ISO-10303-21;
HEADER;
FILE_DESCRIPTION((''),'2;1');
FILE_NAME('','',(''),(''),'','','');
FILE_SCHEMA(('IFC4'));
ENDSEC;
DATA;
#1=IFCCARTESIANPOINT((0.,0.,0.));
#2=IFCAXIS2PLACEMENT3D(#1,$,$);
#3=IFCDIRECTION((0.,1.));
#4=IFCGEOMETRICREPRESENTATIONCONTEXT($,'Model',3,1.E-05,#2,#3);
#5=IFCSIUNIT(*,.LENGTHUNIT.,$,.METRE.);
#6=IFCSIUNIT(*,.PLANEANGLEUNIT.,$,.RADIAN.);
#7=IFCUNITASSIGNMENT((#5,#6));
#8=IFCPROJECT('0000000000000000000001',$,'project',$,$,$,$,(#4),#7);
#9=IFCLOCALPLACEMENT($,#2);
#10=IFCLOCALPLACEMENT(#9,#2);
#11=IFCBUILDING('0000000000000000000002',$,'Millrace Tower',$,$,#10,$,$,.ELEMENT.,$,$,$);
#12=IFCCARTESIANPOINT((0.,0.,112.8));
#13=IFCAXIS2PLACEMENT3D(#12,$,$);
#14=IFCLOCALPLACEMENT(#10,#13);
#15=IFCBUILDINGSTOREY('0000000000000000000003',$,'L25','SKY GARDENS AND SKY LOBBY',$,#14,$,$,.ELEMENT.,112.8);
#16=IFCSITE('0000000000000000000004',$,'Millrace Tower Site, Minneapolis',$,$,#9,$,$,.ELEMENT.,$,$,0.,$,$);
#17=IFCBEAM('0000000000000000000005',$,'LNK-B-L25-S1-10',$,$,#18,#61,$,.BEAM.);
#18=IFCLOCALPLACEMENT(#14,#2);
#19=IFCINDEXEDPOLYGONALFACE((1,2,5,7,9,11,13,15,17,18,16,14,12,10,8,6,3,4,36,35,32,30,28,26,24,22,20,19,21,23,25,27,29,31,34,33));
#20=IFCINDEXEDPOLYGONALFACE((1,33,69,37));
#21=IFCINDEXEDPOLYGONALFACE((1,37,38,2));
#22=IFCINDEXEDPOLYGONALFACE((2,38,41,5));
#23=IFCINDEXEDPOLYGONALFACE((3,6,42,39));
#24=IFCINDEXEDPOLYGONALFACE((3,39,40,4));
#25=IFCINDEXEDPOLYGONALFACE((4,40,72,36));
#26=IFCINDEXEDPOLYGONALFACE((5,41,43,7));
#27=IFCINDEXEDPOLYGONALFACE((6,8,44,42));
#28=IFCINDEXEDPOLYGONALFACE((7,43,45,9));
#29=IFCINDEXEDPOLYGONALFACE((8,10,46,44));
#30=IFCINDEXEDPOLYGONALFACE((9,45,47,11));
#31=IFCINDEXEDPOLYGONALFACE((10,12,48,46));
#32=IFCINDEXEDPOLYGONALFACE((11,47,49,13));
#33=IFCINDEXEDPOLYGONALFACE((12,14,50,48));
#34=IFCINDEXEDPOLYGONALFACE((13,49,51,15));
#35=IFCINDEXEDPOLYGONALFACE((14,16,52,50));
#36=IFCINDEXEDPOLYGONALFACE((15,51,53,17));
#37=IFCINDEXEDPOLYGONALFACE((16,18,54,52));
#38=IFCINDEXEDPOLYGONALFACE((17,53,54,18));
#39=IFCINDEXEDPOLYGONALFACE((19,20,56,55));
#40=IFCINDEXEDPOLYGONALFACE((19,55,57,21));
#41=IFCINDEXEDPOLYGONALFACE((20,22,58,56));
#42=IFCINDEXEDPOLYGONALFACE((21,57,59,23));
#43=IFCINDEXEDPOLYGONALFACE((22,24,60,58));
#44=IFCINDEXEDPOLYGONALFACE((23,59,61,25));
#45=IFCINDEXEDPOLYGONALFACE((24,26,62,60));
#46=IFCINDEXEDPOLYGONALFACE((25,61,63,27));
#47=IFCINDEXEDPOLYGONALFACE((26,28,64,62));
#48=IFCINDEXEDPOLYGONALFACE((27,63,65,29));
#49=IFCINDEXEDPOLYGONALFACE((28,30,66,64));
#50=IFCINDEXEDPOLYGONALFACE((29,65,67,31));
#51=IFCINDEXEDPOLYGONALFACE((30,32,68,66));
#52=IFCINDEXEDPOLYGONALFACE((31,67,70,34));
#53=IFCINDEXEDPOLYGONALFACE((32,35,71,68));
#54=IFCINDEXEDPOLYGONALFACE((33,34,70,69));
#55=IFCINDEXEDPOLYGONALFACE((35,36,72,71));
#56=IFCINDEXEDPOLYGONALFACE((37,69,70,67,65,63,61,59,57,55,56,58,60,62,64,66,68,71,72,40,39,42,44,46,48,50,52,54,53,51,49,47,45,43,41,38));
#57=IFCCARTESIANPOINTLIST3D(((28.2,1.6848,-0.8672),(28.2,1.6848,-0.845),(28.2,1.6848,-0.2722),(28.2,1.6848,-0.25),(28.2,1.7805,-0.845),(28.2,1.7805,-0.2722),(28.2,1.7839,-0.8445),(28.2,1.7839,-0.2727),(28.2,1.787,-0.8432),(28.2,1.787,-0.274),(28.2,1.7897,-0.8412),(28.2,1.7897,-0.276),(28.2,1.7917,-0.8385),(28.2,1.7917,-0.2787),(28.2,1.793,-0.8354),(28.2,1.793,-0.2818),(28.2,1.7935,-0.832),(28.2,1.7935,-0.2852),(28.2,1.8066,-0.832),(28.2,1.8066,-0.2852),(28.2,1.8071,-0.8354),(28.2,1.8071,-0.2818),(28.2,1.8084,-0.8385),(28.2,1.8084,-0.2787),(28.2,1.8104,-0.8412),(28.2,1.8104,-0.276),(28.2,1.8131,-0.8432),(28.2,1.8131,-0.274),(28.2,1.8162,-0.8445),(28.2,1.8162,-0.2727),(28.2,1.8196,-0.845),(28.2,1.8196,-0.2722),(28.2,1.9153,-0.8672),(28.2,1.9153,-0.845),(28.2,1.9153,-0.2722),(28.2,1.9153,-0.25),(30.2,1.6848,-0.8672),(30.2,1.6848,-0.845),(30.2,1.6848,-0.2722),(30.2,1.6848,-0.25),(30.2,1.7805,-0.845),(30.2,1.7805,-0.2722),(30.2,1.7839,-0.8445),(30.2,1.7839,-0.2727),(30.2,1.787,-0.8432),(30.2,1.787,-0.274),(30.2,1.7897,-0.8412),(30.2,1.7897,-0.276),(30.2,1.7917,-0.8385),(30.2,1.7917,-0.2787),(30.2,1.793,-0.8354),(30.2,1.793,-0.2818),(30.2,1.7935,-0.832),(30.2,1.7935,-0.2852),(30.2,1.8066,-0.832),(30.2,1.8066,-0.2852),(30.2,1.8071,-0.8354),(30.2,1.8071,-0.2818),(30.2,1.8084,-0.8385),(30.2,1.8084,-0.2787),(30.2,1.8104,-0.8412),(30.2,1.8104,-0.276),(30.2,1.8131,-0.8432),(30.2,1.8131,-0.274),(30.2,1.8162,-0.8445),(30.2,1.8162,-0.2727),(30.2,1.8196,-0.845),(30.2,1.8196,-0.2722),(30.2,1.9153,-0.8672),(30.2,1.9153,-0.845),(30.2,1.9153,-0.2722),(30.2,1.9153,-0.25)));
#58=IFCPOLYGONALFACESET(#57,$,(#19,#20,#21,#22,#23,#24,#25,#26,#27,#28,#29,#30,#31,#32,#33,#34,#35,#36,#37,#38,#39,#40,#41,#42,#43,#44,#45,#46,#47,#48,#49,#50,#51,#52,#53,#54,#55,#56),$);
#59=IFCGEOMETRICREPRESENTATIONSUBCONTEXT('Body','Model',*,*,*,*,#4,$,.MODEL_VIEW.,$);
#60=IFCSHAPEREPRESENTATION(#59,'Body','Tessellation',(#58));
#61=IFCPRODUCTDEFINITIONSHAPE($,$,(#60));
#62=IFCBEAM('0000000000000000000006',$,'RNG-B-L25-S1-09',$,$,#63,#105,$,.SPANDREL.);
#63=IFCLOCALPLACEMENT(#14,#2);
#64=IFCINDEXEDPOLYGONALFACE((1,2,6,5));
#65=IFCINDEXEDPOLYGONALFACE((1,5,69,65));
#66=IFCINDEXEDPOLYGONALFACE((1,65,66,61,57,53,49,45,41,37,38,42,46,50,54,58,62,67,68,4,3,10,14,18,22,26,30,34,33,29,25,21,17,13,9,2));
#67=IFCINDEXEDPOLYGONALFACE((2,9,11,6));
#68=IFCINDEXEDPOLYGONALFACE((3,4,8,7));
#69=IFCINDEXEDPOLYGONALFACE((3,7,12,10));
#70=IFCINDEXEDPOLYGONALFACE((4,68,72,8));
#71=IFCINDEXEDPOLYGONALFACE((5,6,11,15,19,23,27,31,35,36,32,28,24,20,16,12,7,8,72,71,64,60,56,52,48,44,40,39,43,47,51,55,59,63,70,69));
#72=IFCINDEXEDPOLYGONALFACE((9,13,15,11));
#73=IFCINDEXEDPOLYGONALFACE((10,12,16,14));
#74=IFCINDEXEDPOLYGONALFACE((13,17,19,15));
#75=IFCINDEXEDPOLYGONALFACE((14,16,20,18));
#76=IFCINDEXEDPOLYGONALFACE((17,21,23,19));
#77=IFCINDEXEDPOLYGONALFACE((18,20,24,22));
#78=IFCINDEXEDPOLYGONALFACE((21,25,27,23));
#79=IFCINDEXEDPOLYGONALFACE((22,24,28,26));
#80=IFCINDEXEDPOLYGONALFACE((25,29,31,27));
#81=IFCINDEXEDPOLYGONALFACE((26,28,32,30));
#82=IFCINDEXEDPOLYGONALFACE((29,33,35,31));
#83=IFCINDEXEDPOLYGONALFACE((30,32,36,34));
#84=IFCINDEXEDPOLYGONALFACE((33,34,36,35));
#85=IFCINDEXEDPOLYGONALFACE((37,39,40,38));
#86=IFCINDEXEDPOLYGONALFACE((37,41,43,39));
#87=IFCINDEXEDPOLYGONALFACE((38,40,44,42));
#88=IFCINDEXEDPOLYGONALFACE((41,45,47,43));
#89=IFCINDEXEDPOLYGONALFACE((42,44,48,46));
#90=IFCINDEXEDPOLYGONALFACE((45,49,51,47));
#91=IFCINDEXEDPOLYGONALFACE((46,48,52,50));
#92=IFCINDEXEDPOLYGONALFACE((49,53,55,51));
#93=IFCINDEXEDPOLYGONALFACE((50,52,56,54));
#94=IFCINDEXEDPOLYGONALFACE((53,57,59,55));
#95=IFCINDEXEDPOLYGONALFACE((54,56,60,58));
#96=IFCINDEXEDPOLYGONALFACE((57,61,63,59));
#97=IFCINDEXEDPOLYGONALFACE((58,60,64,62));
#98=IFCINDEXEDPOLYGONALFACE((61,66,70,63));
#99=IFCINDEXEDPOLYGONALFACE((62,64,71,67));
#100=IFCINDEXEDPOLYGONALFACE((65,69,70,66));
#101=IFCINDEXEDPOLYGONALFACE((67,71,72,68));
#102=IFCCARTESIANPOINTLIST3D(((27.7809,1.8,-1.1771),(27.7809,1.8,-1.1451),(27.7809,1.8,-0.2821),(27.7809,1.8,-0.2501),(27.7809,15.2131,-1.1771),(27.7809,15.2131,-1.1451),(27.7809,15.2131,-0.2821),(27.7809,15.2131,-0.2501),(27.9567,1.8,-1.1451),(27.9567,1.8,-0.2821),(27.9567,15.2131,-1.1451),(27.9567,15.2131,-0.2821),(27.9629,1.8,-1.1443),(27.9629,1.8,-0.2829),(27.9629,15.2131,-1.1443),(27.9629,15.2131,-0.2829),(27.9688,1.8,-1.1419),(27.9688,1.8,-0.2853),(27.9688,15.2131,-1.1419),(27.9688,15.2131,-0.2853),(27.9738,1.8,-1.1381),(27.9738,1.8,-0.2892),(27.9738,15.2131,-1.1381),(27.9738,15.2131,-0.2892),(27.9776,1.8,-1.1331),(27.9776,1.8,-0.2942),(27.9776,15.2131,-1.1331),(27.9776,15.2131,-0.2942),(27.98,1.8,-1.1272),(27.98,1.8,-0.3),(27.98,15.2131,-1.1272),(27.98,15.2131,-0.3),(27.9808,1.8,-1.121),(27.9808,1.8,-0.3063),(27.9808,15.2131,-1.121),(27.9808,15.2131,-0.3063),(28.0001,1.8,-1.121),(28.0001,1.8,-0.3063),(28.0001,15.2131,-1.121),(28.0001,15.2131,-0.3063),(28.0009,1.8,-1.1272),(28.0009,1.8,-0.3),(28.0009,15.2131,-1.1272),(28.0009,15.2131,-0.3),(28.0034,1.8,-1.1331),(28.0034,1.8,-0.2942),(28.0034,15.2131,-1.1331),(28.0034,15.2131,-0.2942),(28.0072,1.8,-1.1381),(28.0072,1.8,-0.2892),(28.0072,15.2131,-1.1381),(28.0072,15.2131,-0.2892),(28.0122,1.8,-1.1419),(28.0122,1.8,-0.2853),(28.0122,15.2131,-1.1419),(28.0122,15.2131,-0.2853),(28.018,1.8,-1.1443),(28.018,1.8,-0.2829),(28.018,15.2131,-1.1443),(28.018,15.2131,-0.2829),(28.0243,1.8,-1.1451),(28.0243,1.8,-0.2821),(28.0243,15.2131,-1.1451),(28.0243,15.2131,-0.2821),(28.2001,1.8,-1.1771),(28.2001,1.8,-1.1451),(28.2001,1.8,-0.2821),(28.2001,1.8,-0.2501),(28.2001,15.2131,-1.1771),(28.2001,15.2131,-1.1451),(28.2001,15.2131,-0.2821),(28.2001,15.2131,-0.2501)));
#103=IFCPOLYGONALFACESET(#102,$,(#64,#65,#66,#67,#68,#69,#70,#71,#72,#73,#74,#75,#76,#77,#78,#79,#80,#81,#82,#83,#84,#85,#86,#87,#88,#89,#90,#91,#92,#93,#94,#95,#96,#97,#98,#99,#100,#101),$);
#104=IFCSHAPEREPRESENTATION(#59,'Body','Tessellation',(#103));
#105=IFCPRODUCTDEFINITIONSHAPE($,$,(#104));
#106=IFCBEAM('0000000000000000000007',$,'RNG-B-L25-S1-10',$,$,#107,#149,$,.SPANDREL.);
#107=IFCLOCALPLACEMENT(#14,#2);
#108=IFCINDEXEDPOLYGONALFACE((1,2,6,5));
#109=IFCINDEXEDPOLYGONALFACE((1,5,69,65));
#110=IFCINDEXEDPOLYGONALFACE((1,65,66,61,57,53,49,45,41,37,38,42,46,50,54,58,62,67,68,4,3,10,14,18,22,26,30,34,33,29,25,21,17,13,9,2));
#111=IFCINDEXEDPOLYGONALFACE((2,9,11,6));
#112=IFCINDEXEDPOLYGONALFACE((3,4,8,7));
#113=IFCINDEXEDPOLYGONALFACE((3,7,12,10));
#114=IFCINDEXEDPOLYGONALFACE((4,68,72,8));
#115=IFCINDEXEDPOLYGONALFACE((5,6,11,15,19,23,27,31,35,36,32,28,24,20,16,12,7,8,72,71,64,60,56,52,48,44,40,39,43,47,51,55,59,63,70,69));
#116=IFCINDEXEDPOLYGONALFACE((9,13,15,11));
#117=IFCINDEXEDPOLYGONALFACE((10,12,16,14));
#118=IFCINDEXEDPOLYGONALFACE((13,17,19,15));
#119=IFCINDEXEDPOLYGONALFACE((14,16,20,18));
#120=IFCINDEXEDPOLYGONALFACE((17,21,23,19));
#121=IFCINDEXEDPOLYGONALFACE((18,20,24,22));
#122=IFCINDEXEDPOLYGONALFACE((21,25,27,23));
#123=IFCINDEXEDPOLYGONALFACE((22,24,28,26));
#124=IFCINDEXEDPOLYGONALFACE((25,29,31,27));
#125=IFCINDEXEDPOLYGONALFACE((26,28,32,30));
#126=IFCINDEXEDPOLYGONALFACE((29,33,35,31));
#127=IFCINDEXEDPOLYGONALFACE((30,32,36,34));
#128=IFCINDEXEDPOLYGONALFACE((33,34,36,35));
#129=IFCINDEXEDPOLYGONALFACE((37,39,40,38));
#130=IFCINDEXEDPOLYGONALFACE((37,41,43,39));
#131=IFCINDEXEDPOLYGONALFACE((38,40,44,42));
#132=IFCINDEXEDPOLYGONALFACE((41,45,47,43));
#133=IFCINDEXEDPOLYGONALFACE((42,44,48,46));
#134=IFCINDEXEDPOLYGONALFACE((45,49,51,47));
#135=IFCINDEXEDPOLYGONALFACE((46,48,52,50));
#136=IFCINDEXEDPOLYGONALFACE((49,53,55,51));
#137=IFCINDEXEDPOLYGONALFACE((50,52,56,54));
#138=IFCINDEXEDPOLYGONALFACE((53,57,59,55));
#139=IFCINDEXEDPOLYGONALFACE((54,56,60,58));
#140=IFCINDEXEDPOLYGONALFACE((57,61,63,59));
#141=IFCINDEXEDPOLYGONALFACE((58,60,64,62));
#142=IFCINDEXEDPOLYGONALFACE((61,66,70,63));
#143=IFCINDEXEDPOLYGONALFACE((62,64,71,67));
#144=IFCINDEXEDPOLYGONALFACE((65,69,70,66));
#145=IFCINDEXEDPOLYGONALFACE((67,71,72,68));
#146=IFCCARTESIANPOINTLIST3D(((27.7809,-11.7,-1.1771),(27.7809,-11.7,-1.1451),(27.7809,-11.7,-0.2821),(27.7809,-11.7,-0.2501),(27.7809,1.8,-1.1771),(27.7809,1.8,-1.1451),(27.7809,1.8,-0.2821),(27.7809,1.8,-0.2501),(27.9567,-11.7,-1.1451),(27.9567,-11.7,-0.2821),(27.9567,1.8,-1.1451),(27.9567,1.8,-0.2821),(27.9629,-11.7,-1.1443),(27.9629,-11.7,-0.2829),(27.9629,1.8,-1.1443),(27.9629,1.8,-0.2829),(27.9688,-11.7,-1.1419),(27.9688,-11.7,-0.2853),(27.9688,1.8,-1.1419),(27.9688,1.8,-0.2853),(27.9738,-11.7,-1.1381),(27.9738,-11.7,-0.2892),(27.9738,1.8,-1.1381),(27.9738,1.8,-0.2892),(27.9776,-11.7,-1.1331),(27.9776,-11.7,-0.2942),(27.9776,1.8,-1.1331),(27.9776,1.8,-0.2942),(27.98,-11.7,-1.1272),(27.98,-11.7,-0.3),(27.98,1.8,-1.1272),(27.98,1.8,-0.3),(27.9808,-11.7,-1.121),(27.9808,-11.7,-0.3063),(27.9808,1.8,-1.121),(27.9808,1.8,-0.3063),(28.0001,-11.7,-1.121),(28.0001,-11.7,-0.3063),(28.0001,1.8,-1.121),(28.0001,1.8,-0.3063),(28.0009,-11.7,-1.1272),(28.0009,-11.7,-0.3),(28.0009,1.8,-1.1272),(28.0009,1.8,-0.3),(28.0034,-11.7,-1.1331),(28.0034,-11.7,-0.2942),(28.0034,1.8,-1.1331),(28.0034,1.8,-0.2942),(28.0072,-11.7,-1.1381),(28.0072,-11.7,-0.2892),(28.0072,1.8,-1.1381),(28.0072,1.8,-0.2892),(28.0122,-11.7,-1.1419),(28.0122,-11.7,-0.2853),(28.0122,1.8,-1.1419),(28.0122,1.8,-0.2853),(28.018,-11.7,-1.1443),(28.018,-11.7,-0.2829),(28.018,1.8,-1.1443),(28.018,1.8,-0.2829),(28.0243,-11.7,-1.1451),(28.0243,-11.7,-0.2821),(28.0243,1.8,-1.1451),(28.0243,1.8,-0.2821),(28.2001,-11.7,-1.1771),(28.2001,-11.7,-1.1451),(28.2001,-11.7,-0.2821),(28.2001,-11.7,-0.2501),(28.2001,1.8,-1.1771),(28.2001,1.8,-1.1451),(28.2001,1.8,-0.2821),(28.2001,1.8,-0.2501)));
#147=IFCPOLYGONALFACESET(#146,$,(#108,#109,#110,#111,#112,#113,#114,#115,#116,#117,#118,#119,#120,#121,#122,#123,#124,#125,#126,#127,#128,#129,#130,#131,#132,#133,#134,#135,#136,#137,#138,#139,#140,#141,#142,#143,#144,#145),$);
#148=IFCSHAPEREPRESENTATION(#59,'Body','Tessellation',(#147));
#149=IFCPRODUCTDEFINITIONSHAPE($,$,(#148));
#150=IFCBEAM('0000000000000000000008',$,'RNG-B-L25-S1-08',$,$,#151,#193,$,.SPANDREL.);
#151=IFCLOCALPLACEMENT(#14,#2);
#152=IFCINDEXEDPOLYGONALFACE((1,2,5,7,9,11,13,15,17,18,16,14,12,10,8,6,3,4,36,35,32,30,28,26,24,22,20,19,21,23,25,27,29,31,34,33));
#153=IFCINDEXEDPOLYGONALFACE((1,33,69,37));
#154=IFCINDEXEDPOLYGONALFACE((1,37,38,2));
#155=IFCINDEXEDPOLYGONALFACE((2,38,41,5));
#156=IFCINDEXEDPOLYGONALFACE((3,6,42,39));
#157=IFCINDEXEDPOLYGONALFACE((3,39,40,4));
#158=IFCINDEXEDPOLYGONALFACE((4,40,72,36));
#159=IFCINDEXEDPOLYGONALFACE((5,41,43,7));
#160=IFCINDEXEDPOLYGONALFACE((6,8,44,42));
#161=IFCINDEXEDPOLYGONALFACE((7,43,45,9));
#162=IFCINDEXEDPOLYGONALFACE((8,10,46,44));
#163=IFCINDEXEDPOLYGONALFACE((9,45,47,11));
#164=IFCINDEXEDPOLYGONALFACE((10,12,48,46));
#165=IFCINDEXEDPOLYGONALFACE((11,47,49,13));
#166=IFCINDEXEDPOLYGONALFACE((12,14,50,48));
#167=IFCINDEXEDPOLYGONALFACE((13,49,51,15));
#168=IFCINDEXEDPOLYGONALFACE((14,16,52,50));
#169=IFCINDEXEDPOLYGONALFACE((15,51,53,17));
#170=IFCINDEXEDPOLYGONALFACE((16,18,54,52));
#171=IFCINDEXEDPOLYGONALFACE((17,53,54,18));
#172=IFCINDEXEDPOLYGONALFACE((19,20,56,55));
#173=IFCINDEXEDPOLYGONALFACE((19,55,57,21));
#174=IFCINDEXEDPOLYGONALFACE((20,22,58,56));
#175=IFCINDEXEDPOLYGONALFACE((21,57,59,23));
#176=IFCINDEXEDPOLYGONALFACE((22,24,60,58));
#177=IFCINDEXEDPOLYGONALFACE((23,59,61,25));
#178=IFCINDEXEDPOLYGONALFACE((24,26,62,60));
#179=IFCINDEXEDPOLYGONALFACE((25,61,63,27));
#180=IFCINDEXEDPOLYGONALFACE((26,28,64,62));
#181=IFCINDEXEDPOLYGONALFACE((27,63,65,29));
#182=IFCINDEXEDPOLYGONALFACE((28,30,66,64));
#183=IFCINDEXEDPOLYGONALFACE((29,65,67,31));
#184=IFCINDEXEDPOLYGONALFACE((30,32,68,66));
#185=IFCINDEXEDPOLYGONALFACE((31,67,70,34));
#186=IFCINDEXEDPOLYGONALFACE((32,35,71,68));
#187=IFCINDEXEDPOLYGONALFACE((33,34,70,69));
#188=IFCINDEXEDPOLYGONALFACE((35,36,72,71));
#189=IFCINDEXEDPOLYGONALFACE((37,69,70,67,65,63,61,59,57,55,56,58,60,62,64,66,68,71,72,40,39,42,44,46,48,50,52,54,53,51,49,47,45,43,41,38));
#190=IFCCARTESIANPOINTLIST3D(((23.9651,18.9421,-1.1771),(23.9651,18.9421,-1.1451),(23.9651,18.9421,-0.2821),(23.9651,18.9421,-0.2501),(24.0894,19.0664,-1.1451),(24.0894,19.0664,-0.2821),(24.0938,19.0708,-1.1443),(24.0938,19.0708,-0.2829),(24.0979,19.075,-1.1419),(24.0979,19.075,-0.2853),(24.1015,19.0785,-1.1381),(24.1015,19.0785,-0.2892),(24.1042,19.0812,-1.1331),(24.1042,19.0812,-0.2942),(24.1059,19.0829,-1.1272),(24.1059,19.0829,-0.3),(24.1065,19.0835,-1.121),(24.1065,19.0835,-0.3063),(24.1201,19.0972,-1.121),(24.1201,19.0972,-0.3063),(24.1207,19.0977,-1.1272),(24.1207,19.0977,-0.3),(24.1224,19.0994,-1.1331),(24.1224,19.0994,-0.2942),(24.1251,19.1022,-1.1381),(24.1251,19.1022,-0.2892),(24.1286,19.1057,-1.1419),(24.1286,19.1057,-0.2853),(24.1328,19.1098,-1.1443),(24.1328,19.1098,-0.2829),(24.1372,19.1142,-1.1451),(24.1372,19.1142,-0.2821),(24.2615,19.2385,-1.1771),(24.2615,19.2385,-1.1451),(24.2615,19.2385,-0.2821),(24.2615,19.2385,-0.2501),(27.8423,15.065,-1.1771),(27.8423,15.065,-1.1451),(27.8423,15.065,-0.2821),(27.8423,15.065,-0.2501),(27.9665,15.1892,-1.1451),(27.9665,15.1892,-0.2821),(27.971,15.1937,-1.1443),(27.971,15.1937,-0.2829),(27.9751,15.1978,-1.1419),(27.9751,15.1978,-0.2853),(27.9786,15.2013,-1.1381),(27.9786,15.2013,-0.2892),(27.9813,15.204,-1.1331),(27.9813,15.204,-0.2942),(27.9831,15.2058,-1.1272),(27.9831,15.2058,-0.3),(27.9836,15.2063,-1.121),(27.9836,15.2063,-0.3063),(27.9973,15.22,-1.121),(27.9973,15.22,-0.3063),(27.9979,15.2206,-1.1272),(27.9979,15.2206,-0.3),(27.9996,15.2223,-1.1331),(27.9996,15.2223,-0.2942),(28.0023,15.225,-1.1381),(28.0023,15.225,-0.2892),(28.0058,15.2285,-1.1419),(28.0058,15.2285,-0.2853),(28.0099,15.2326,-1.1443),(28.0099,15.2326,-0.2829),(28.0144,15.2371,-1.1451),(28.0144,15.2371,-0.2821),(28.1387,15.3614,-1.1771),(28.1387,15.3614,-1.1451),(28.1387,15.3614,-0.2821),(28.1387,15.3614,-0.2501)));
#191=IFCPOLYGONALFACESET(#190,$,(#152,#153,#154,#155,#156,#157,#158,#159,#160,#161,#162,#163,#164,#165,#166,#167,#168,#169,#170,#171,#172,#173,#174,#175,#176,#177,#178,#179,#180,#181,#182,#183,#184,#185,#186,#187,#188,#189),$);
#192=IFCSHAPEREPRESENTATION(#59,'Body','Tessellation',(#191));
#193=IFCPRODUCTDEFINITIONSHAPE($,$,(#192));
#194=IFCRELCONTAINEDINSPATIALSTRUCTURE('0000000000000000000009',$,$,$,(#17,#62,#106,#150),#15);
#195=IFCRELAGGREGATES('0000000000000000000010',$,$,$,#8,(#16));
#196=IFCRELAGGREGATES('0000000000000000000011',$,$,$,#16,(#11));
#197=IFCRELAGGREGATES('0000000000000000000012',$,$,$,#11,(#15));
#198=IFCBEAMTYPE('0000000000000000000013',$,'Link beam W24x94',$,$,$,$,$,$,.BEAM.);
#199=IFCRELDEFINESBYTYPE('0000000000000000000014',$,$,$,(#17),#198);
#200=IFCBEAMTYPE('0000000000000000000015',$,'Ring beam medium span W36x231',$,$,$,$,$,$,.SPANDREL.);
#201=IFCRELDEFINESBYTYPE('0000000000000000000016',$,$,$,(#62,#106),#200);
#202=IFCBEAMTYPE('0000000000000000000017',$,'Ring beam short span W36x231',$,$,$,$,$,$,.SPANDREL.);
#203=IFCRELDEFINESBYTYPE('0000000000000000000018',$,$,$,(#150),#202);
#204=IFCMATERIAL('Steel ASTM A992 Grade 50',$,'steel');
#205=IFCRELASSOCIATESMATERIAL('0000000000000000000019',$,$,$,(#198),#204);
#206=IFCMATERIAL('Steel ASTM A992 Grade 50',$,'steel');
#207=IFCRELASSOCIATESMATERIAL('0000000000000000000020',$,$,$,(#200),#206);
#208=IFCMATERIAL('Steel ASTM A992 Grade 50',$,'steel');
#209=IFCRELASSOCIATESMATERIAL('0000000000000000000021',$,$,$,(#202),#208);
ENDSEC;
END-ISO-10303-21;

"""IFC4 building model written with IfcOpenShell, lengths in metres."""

from ifc_helpers import new_model, si_unit, direction, frame, origin, origin_2d, place, context, subcontext, project, spatial, i_section, extrude, material, material_profile, profile_set, type_object, element, save


model = new_model("IFC4")

# Units and contexts
model_context = context("Model", 3, precision=1e-05, world=origin(), true_north=direction((0.0, 1.0)))
body_context = subcontext(model_context, "Body", "Model", "MODEL_VIEW")
ifc_project = project(units=[si_unit("LENGTHUNIT", "METRE"), si_unit("PLANEANGLEUNIT", "RADIAN")], contexts=[model_context])

# Site, building, storey
site_placement = place(None, origin())
site = spatial("IfcSite", under=ifc_project, at=site_placement, Name="Millrace Tower Site, Minneapolis", CompositionType="ELEMENT", RefElevation=0.0)
building_placement = place(site_placement, origin())
building = spatial("IfcBuilding", under=site, at=building_placement, Name="Millrace Tower", CompositionType="ELEMENT")
storey_placement = place(building_placement, frame((0.0, 0.0, 112.8)))
storey = spatial("IfcBuildingStorey", under=building, at=storey_placement, Name="L25", Description="SKY GARDENS AND SKY LOBBY", CompositionType="ELEMENT", Elevation=112.8)

# Beams
ifc_material_1 = material(Name="Steel ASTM A992 Grade 50", Category="steel")
ifc_material_profile_1 = material_profile(ifc_material_1, i_section(OverallWidth=0.2305, OverallDepth=0.6172, WebThickness=0.0132, FlangeThickness=0.0222, FilletRadius=0.0129, at=origin_2d()))
ifc_profile_set_1 = profile_set([ifc_material_profile_1], Name="Steel ASTM A992 Grade 50")
beam_type_1 = type_object("IfcBeamType", Name="Link beam W24x94", PredefinedType="BEAM", material=ifc_profile_set_1)
beam_1_placement = place(storey_placement, frame((28.2, 1.8, -0.5586), z_axis=(1.0, 0.0, 0.0), x_axis=(0.0, 1.0, 0.0)))
element("IfcBeam", 1, at=beam_1_placement, inside=storey, type_object=beam_type_1, Name="LNK-B-L25-S1-10", PredefinedType="BEAM", context=body_context, shape_type="SweptSolid", body=[
    extrude(i_section(OverallWidth=0.2305, OverallDepth=0.6172, WebThickness=0.0132, FlangeThickness=0.0222, FilletRadius=0.0129, at=origin_2d()), origin(), (0.0, 0.0, 1.0), 2.0),
])
ifc_material_2 = material(Name="Steel ASTM A992 Grade 50", Category="steel")
ifc_material_profile_2 = material_profile(ifc_material_2, i_section(OverallWidth=0.4192, OverallDepth=0.927, WebThickness=0.0193, FlangeThickness=0.032, FilletRadius=0.0242, at=origin_2d()))
ifc_profile_set_2 = profile_set([ifc_material_profile_2], Name="Steel ASTM A992 Grade 50")
beam_type_2 = type_object("IfcBeamType", Name="Ring beam medium span W36x231", PredefinedType="SPANDREL", material=ifc_profile_set_2)
beam_2_placement = place(storey_placement, frame((27.9905, 15.2131, -0.7136), z_axis=(0.0, -1.0, 0.0), x_axis=(1.0, 0.0, 0.0)))
element("IfcBeam", 2, at=beam_2_placement, inside=storey, type_object=beam_type_2, Name="RNG-B-L25-S1-09", PredefinedType="SPANDREL", context=body_context, shape_type="SweptSolid", body=[
    extrude(i_section(OverallWidth=0.4192, OverallDepth=0.927, WebThickness=0.0193, FlangeThickness=0.032, FilletRadius=0.0242, at=origin_2d()), origin(), (0.0, 0.0, 1.0), 13.4131),
])
beam_3_placement = place(storey_placement, frame((27.9905, 1.8, -0.7136), z_axis=(0.0, -1.0, 0.0), x_axis=(1.0, 0.0, 0.0)))
element("IfcBeam", 3, at=beam_3_placement, inside=storey, type_object=beam_type_2, Name="RNG-B-L25-S1-10", PredefinedType="SPANDREL", context=body_context, shape_type="SweptSolid", body=[
    extrude(i_section(OverallWidth=0.4192, OverallDepth=0.927, WebThickness=0.0193, FlangeThickness=0.032, FilletRadius=0.0242, at=origin_2d()), origin(), (0.0, 0.0, 1.0), 13.5),
])
ifc_material_3 = material(Name="Steel ASTM A992 Grade 50", Category="steel")
ifc_material_profile_3 = material_profile(ifc_material_3, i_section(OverallWidth=0.4192, OverallDepth=0.927, WebThickness=0.0193, FlangeThickness=0.032, FilletRadius=0.0242, at=origin_2d()))
ifc_profile_set_3 = profile_set([ifc_material_profile_3], Name="Steel ASTM A992 Grade 50")
beam_type_3 = type_object("IfcBeamType", Name="Ring beam short span W36x231", PredefinedType="SPANDREL", material=ifc_profile_set_3)
beam_4_placement = place(storey_placement, frame((24.1133, 19.0903, -0.7136), z_axis=(0.707107, -0.707107, 0.0), x_axis=(0.707107, 0.707107, 0.0)))
element("IfcBeam", 4, at=beam_4_placement, inside=storey, type_object=beam_type_3, Name="RNG-B-L25-S1-08", PredefinedType="SPANDREL", context=body_context, shape_type="SweptSolid", body=[
    extrude(i_section(OverallWidth=0.4192, OverallDepth=0.927, WebThickness=0.0193, FlangeThickness=0.032, FilletRadius=0.0242, at=origin_2d()), origin(), (0.0, 0.0, 1.0), 5.4832),
])

save(model, "model.ifc")
